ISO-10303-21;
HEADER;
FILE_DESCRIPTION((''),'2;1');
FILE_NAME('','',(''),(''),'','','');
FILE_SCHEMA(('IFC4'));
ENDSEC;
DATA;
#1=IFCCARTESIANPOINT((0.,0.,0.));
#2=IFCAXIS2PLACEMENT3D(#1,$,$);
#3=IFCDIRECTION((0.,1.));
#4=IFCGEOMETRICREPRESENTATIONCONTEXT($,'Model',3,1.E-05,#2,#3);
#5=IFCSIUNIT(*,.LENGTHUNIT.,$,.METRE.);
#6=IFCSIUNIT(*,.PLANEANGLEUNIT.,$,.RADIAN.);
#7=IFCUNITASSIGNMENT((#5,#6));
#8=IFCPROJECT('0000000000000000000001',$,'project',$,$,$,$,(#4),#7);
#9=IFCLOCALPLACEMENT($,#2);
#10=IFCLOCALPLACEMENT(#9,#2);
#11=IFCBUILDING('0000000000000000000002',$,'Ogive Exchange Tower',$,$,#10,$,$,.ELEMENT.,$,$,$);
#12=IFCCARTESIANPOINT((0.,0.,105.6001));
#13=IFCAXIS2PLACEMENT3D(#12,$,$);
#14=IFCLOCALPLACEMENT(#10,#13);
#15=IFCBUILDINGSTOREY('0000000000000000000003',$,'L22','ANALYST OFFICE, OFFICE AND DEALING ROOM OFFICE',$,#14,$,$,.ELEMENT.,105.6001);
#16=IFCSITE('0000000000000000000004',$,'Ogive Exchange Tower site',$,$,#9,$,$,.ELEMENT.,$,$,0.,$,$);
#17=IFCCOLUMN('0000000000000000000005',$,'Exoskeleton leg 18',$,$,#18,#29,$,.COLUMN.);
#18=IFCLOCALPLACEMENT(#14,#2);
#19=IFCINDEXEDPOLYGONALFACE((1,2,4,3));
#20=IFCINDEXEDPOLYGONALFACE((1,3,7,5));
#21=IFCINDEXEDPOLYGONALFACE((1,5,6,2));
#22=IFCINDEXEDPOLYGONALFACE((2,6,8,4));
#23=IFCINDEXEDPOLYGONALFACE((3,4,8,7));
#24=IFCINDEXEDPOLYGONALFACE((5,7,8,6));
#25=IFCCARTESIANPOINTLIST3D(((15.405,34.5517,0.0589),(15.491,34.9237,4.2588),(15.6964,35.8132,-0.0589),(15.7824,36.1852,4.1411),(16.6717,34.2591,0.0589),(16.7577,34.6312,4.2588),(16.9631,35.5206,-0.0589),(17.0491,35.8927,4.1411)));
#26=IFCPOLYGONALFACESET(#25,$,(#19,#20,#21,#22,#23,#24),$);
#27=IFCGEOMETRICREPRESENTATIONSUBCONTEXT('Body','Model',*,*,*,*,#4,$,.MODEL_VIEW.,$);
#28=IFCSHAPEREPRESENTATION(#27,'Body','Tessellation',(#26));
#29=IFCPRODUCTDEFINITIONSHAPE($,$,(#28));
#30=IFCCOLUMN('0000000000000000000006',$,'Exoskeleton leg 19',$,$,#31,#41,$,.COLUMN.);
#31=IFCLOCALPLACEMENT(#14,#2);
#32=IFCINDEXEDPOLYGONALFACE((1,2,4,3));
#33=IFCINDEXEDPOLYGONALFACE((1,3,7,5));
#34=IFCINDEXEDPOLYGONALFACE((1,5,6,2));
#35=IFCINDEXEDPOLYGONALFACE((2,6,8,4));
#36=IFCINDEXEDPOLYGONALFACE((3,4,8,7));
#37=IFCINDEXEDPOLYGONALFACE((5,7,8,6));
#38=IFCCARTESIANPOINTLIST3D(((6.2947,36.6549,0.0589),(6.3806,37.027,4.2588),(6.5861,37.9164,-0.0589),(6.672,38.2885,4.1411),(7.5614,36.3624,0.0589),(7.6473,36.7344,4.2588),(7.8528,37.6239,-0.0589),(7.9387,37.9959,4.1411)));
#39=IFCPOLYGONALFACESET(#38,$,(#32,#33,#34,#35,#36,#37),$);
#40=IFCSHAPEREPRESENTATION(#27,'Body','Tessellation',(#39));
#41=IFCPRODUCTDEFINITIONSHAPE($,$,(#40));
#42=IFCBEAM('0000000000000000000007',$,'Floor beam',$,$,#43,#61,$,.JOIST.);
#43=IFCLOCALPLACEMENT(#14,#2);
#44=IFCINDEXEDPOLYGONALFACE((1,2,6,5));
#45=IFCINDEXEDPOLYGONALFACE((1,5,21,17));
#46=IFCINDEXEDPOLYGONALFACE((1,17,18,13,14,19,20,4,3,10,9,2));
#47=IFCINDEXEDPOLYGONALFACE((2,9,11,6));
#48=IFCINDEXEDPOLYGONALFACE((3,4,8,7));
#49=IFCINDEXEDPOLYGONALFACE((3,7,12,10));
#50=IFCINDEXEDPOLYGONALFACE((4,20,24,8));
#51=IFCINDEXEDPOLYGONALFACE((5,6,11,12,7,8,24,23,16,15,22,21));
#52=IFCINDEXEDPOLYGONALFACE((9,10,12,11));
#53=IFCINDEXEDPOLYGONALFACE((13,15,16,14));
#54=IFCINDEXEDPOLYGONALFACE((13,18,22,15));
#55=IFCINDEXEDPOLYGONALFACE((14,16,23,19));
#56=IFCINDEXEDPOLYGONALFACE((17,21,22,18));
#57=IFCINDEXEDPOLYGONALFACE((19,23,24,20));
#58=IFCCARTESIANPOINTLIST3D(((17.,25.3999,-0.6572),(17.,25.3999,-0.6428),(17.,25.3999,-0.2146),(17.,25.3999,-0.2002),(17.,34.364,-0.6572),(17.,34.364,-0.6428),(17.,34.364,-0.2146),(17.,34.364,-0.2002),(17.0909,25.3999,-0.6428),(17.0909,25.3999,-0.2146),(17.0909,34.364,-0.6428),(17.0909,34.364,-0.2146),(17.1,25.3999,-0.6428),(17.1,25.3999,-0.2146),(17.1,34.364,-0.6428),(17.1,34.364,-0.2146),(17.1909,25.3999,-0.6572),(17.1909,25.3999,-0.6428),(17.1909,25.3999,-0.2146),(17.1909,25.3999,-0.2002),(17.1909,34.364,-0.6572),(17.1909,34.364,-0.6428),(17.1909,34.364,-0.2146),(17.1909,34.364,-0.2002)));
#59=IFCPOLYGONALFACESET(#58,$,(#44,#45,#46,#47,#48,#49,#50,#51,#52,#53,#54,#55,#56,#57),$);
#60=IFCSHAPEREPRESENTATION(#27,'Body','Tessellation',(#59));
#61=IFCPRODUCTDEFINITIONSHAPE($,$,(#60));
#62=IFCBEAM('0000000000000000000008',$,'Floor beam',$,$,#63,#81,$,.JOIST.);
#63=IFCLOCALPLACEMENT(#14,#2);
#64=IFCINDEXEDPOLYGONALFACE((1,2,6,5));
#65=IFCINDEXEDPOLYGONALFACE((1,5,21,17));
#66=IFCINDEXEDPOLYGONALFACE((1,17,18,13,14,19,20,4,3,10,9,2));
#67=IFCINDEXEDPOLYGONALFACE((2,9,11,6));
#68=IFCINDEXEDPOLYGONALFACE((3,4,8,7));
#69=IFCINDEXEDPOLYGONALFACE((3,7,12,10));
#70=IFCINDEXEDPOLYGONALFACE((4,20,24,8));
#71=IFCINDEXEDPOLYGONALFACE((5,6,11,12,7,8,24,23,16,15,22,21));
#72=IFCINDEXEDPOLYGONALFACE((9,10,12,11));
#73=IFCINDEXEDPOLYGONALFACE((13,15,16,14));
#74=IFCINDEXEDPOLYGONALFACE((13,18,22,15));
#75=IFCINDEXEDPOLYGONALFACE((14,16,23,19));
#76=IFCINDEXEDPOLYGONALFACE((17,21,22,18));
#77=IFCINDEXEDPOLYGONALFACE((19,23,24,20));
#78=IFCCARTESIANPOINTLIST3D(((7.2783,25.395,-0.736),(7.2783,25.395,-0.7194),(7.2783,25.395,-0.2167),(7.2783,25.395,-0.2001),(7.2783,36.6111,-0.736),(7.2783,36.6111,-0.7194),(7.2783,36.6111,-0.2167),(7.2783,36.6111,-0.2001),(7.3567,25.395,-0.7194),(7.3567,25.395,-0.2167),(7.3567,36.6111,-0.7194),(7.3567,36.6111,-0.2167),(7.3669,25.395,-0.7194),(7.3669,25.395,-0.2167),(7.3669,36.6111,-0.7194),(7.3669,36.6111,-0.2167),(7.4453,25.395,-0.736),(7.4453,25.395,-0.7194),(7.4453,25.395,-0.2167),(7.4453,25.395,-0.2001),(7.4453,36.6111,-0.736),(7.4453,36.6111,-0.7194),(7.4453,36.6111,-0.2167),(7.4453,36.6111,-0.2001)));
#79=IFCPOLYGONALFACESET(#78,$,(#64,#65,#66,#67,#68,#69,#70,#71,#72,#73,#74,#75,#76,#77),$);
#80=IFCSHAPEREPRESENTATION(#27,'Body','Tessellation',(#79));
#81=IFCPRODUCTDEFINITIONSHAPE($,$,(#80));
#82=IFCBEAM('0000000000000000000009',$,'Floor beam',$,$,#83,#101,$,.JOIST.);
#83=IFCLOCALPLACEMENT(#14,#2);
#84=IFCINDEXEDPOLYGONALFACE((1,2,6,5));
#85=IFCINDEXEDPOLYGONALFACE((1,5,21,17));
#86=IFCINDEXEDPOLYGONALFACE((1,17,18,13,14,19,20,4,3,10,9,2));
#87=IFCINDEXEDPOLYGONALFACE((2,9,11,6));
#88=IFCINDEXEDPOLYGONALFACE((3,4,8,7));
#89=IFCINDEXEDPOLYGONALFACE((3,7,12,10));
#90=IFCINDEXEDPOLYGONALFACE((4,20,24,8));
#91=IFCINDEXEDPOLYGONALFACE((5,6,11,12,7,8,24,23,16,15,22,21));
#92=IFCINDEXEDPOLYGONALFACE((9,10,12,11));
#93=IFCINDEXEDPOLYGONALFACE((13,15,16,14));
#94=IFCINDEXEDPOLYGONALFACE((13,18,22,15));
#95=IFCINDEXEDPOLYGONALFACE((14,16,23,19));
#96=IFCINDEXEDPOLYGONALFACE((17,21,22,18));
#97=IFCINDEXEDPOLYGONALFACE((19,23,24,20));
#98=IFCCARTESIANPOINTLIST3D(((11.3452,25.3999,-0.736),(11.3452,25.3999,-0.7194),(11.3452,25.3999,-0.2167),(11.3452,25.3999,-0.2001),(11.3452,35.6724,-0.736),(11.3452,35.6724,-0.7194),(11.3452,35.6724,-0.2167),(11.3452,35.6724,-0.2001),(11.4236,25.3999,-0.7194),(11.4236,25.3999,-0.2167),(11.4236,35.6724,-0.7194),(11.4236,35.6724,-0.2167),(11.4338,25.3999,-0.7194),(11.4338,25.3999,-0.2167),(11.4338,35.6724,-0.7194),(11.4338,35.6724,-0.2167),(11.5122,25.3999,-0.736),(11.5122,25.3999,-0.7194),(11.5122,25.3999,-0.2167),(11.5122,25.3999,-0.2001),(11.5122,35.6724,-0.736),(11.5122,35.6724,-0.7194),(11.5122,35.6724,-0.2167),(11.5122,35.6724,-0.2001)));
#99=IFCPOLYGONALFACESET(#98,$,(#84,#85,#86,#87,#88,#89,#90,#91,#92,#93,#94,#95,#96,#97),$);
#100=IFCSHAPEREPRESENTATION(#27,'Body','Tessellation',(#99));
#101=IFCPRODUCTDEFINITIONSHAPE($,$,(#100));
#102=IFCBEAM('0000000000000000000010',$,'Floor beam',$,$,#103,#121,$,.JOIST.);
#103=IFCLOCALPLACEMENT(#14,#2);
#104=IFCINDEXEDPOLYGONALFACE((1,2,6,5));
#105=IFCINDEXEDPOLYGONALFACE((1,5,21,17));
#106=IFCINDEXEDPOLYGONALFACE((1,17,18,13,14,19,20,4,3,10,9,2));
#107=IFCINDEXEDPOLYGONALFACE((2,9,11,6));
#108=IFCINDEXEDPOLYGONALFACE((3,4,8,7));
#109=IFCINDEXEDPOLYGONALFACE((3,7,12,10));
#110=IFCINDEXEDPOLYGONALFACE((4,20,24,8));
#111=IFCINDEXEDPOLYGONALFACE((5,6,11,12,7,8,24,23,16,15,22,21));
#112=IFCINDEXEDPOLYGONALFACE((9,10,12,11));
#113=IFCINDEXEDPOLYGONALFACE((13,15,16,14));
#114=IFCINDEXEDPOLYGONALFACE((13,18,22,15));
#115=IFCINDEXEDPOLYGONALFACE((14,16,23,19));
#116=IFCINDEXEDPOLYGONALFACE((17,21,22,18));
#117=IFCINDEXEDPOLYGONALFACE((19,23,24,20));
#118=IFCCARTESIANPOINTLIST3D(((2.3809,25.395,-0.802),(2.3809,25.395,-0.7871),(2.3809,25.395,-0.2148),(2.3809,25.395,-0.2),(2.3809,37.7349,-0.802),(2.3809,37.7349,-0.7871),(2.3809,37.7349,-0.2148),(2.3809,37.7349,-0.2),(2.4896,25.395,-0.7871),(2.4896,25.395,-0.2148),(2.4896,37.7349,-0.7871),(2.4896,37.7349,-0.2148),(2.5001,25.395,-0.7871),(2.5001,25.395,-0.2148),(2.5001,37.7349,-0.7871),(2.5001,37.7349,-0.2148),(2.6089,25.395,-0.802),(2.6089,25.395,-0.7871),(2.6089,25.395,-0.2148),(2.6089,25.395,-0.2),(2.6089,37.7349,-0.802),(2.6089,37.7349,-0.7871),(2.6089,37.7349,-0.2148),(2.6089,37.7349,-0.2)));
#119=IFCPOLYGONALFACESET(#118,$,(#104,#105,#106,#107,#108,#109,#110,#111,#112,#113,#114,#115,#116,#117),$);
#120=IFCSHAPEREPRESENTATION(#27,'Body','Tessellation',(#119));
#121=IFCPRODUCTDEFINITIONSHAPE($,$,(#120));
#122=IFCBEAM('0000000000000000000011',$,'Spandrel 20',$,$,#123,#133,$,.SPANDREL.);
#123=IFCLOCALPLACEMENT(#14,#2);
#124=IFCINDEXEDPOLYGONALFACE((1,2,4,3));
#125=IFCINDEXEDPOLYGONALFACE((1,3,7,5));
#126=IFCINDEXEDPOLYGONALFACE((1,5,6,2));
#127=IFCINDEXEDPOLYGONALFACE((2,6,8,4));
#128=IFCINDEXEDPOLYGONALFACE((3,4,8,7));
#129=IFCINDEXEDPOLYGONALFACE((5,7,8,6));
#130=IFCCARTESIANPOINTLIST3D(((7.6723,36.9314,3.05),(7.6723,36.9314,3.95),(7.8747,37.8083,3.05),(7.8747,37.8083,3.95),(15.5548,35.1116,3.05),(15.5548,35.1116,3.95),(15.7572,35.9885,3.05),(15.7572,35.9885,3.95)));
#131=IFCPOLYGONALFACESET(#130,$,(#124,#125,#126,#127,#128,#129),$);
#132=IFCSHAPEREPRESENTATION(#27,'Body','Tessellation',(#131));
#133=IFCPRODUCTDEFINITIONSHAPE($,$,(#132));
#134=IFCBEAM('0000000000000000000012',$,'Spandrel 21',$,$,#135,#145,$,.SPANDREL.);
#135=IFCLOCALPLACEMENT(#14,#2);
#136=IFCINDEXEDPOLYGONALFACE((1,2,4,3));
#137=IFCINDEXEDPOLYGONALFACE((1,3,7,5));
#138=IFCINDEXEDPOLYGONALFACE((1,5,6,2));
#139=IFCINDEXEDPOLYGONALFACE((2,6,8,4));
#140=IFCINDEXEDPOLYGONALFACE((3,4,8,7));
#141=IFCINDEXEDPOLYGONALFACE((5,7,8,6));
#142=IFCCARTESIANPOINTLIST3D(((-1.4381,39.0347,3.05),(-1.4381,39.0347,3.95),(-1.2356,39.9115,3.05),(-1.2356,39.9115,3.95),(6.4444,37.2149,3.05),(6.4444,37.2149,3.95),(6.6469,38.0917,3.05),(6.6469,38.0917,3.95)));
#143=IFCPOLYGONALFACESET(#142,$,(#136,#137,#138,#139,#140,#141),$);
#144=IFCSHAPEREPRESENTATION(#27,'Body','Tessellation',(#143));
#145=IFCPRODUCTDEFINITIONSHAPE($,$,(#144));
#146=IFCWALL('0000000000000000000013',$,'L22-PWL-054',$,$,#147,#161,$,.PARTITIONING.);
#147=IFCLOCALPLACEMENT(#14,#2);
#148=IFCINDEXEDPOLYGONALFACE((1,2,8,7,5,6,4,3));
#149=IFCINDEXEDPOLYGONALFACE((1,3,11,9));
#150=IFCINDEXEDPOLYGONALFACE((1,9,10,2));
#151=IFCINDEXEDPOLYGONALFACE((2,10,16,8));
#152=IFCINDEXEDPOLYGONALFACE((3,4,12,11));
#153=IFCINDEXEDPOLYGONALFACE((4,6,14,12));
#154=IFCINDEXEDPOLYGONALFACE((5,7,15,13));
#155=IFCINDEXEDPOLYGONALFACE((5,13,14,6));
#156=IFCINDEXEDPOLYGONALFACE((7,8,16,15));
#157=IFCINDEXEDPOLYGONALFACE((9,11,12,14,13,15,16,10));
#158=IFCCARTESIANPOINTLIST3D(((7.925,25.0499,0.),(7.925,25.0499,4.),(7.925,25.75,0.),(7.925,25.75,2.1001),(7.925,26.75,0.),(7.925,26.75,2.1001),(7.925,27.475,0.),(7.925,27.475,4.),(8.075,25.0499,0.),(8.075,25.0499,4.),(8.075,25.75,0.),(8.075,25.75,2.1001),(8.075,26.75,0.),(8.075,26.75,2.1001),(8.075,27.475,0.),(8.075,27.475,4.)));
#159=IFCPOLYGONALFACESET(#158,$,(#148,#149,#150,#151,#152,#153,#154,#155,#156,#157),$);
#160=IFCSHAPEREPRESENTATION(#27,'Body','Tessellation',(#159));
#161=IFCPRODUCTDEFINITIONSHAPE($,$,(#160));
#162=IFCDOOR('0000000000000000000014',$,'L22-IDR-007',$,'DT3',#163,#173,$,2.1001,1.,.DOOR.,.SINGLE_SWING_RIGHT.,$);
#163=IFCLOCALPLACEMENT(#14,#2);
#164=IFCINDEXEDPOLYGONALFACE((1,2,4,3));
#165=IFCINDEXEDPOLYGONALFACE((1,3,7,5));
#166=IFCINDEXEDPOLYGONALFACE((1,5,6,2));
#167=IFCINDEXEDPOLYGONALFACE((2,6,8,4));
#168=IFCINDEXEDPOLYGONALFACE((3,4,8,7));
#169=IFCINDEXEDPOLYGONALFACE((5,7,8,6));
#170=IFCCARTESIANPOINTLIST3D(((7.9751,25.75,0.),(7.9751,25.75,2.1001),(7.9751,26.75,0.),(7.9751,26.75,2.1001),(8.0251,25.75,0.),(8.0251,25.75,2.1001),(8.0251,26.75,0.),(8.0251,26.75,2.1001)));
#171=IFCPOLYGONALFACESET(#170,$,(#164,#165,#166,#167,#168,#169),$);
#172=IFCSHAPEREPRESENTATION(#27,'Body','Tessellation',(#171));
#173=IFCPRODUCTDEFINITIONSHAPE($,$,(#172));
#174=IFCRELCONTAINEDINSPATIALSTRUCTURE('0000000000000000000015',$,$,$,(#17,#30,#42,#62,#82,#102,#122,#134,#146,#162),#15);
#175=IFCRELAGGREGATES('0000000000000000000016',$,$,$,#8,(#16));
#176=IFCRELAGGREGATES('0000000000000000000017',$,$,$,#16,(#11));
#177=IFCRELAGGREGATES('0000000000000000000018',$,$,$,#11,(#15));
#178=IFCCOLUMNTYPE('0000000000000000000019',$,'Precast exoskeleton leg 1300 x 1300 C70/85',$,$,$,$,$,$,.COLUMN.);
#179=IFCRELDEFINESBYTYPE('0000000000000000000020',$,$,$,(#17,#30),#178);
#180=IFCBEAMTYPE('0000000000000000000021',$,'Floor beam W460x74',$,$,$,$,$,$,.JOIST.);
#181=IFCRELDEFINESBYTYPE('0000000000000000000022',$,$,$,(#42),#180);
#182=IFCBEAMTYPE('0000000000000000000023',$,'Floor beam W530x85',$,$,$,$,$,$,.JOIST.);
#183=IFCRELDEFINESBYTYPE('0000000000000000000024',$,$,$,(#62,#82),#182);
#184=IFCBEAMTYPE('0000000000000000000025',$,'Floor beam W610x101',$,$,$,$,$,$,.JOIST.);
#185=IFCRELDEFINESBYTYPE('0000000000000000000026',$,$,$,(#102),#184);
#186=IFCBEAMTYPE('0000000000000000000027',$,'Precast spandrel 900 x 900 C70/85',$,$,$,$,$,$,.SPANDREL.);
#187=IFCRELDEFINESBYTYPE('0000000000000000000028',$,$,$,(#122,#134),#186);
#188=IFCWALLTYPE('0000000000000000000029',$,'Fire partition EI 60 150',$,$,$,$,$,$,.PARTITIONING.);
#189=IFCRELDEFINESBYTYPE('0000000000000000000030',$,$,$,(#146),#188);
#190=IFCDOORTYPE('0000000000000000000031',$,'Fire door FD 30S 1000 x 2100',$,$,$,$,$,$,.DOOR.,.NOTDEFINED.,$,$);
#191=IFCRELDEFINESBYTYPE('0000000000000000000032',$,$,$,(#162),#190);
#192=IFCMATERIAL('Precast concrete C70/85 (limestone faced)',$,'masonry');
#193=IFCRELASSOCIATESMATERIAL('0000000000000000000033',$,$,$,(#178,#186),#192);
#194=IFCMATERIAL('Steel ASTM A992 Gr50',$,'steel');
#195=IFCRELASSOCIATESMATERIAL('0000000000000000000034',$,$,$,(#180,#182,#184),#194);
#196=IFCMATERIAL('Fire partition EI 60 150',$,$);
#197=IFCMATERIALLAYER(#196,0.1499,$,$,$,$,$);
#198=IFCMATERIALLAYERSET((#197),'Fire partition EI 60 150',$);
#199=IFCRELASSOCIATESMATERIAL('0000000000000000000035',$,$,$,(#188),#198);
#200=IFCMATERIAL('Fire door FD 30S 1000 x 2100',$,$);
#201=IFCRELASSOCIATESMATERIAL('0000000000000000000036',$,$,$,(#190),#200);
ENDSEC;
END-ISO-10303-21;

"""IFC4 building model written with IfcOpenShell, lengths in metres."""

from ifc_helpers import new_model, si_unit, direction, frame, frame_2d, origin, origin_2d, place, context, subcontext, project, spatial, rectangle, i_section, extrude, material, layer, layer_set, material_profile, profile_set, type_object, element, fill, save


model = new_model("IFC4")

# Units and contexts
model_context = context("Model", 3, precision=1e-05, world=origin(), true_north=direction((0.0, 1.0)))
body_context = subcontext(model_context, "Body", "Model", "MODEL_VIEW")
ifc_project = project(units=[si_unit("LENGTHUNIT", "METRE"), si_unit("PLANEANGLEUNIT", "RADIAN")], contexts=[model_context])

# Site, building, storey
site_placement = place(None, origin())
site = spatial("IfcSite", under=ifc_project, at=site_placement, Name="Ogive Exchange Tower site", CompositionType="ELEMENT", RefElevation=0.0)
building_placement = place(site_placement, origin())
building = spatial("IfcBuilding", under=site, at=building_placement, Name="Ogive Exchange Tower", CompositionType="ELEMENT")
storey_placement = place(building_placement, frame((0.0, 0.0, 105.6001)))
storey = spatial("IfcBuildingStorey", under=building, at=storey_placement, Name="L22", Description="ANALYST OFFICE, OFFICE AND DEALING ROOM OFFICE", CompositionType="ELEMENT", Elevation=105.6001)

# Columns
ifc_material_1 = material(Name="Precast concrete C70/85 (limestone faced)", Category="masonry")
ifc_material_profile_1 = material_profile(ifc_material_1, rectangle(XDim=1.3, YDim=1.3, at=origin_2d()), Name="1300 x 1300")
ifc_profile_set_1 = profile_set([ifc_material_profile_1], Name="Precast concrete C70/85 (limestone faced)")
column_type = type_object("IfcColumnType", Name="Precast exoskeleton leg 1300 x 1300 C70/85", PredefinedType="COLUMN", material=ifc_profile_set_1)
for number, where, z_axis, x_axis, name in (
    (1, (16.1841, 35.0361, 0.0), (0.020377, 0.088225, 0.995892), (-0.974348, 0.225046, 0.0), "Exoskeleton leg 18"),
    (2, (7.0737, 37.1394, 0.0), (0.020377, 0.088225, 0.995892), (-0.974348, 0.225046, 0.0), "Exoskeleton leg 19"),
):
    element("IfcColumn", number, at=place(storey_placement, frame(where, z_axis=z_axis, x_axis=x_axis)), inside=storey, type_object=column_type, Name=name, PredefinedType="COLUMN", context=body_context, shape_type="SweptSolid", body=[
        extrude(rectangle(XDim=1.3, YDim=1.3, at=origin_2d()), origin(), (0.0, 0.0, 1.0), 4.2173),
    ])

# Beams
ifc_material_2 = material(Name="Steel ASTM A992 Gr50", Category="steel")
ifc_material_profile_2 = material_profile(ifc_material_2, i_section(OverallWidth=0.1909, OverallDepth=0.457, WebThickness=0.009, FlangeThickness=0.0144, at=origin_2d()), Name="W460x74")
ifc_profile_set_2 = profile_set([ifc_material_profile_2], Name="Steel ASTM A992 Gr50")
beam_type_1 = type_object("IfcBeamType", Name="Floor beam W460x74", PredefinedType="JOIST", material=ifc_profile_set_2)
beam_1_placement = place(storey_placement, frame((17.0955, 25.3999, -0.4287), z_axis=(0.0, 1.0, 0.0), x_axis=(-1.0, 0.0, 0.0)))
element("IfcBeam", 3, at=beam_1_placement, inside=storey, type_object=beam_type_1, Name="Floor beam", PredefinedType="JOIST", context=body_context, shape_type="SweptSolid", body=[
    extrude(i_section(OverallWidth=0.1909, OverallDepth=0.457, WebThickness=0.009, FlangeThickness=0.0144, at=origin_2d()), origin(), (0.0, 0.0, 1.0), 8.9641),
])
ifc_material_profile_3 = material_profile(ifc_material_2, i_section(OverallWidth=0.167, OverallDepth=0.5359, WebThickness=0.0103, FlangeThickness=0.0166, at=origin_2d()), Name="W530x85")
ifc_profile_set_3 = profile_set([ifc_material_profile_3], Name="Steel ASTM A992 Gr50")
beam_type_2 = type_object("IfcBeamType", Name="Floor beam W530x85", PredefinedType="JOIST", material=ifc_profile_set_3)
beam_2_placement = place(storey_placement, frame((7.3618, 25.395, -0.468), z_axis=(0.0, 1.0, 0.0), x_axis=(-1.0, 0.0, 0.0)))
element("IfcBeam", 4, at=beam_2_placement, inside=storey, type_object=beam_type_2, Name="Floor beam", PredefinedType="JOIST", context=body_context, shape_type="SweptSolid", body=[
    extrude(i_section(OverallWidth=0.167, OverallDepth=0.5359, WebThickness=0.0103, FlangeThickness=0.0166, at=origin_2d()), origin(), (0.0, 0.0, 1.0), 11.2161),
])
beam_3_placement = place(storey_placement, frame((11.4287, 25.3999, -0.468), z_axis=(0.0, 1.0, 0.0), x_axis=(-1.0, 0.0, 0.0)))
element("IfcBeam", 5, at=beam_3_placement, inside=storey, type_object=beam_type_2, Name="Floor beam", PredefinedType="JOIST", context=body_context, shape_type="SweptSolid", body=[
    extrude(i_section(OverallWidth=0.167, OverallDepth=0.5359, WebThickness=0.0103, FlangeThickness=0.0166, at=origin_2d()), origin(), (0.0, 0.0, 1.0), 10.2725),
])
ifc_material_profile_4 = material_profile(ifc_material_2, i_section(OverallWidth=0.228, OverallDepth=0.6021, WebThickness=0.0105, FlangeThickness=0.0149, at=origin_2d()), Name="W610x101")
ifc_profile_set_4 = profile_set([ifc_material_profile_4], Name="Steel ASTM A992 Gr50")
beam_type_3 = type_object("IfcBeamType", Name="Floor beam W610x101", PredefinedType="JOIST", material=ifc_profile_set_4)
beam_4_placement = place(storey_placement, frame((2.4949, 25.395, -0.501), z_axis=(0.0, 1.0, 0.0), x_axis=(-1.0, 0.0, 0.0)))
element("IfcBeam", 6, at=beam_4_placement, inside=storey, type_object=beam_type_3, Name="Floor beam", PredefinedType="JOIST", context=body_context, shape_type="SweptSolid", body=[
    extrude(i_section(OverallWidth=0.228, OverallDepth=0.6021, WebThickness=0.0105, FlangeThickness=0.0149, at=origin_2d()), origin(), (0.0, 0.0, 1.0), 12.3398),
])
ifc_material_profile_5 = material_profile(ifc_material_1, rectangle(XDim=0.8999, YDim=0.8999, at=origin_2d()), Name="900 x 900")
ifc_profile_set_5 = profile_set([ifc_material_profile_5], Name="Precast concrete C70/85 (limestone faced)")
beam_type_4 = type_object("IfcBeamType", Name="Precast spandrel 900 x 900 C70/85", PredefinedType="SPANDREL", material=ifc_profile_set_5)
for number, where, z_axis, x_axis, name in (
    (7, (15.656, 35.55, 3.5), (-0.97437, 0.22495, 0.0), (-0.22495, -0.97437, 0.0), "Spandrel 20"),
    (8, (6.5457, 37.6533, 3.5), (-0.97437, 0.22495, 0.0), (-0.22495, -0.97437, 0.0), "Spandrel 21"),
):
    element("IfcBeam", number, at=place(storey_placement, frame(where, z_axis=z_axis, x_axis=x_axis)), inside=storey, type_object=beam_type_4, Name=name, PredefinedType="SPANDREL", context=body_context, shape_type="SweptSolid", body=[
        extrude(rectangle(XDim=0.8999, YDim=0.8999, at=origin_2d()), origin(), (0.0, 0.0, 1.0), 8.0898),
    ])

# Wall, opening, door
ifc_material_3 = material(Name="Fire partition EI 60 150")
ifc_layer_1 = layer(ifc_material_3, 0.1499)
ifc_layer_set_1 = layer_set([ifc_layer_1], Name="Fire partition EI 60 150")
wall_type_1 = type_object("IfcWallType", Name="Fire partition EI 60 150", PredefinedType="PARTITIONING", material=ifc_layer_set_1)
wall_1_placement = place(storey_placement, frame((8.0, 25.05, 0.0), z_axis=(0.0, 0.0, 1.0), x_axis=(0.0, 1.0, 0.0)))
wall_1 = element("IfcWall", 9, at=wall_1_placement, inside=storey, type_object=wall_type_1, Name="L22-PWL-054", PredefinedType="PARTITIONING", context=body_context, shape_type="SweptSolid", body=[
    extrude(rectangle(XDim=2.425, YDim=0.1499, at=frame_2d((1.2124, 0.0))), origin(), (0.0, 0.0, 1.0), 4.0),
])
opening_1_placement = place(wall_1_placement, frame((0.7, 0.0, 0.0)))
opening_1 = element("IfcOpeningElement", 10, at=opening_1_placement, cuts=wall_1, PredefinedType="OPENING", context=body_context, shape_type="SweptSolid", body=[
    extrude(rectangle(XDim=1.0, YDim=2.1001, at=frame_2d((0.5, 1.05))), frame((0.0, 0.085, 0.0), z_axis=(0.0, -1.0, 0.0), x_axis=(1.0, 0.0, 0.0)), (0.0, 0.0, 1.0), 0.1699),
])
ifc_material_4 = material(Name="Fire door FD 30S 1000 x 2100")
door_type = type_object("IfcDoorType", Name="Fire door FD 30S 1000 x 2100", OperationType="NOTDEFINED", PredefinedType="DOOR", material=ifc_material_4)
door_1_placement = place(opening_1_placement, origin())
door_1 = element("IfcDoor", 11, at=door_1_placement, inside=storey, type_object=door_type, Name="L22-IDR-007", ObjectType="DT3", OperationType="SINGLE_SWING_RIGHT", OverallHeight=2.1001, OverallWidth=1.0, PredefinedType="DOOR", context=body_context, shape_type="SweptSolid", body=[
    extrude(rectangle(XDim=1.0, YDim=2.1001, at=frame_2d((0.5, 1.05))), frame((0.0, 0.0249, 0.0), z_axis=(0.0, -1.0, 0.0), x_axis=(1.0, 0.0, 0.0)), (0.0, 0.0, 1.0), 0.05),
])
fill(opening_1, door_1)

save(model, "model.ifc")
